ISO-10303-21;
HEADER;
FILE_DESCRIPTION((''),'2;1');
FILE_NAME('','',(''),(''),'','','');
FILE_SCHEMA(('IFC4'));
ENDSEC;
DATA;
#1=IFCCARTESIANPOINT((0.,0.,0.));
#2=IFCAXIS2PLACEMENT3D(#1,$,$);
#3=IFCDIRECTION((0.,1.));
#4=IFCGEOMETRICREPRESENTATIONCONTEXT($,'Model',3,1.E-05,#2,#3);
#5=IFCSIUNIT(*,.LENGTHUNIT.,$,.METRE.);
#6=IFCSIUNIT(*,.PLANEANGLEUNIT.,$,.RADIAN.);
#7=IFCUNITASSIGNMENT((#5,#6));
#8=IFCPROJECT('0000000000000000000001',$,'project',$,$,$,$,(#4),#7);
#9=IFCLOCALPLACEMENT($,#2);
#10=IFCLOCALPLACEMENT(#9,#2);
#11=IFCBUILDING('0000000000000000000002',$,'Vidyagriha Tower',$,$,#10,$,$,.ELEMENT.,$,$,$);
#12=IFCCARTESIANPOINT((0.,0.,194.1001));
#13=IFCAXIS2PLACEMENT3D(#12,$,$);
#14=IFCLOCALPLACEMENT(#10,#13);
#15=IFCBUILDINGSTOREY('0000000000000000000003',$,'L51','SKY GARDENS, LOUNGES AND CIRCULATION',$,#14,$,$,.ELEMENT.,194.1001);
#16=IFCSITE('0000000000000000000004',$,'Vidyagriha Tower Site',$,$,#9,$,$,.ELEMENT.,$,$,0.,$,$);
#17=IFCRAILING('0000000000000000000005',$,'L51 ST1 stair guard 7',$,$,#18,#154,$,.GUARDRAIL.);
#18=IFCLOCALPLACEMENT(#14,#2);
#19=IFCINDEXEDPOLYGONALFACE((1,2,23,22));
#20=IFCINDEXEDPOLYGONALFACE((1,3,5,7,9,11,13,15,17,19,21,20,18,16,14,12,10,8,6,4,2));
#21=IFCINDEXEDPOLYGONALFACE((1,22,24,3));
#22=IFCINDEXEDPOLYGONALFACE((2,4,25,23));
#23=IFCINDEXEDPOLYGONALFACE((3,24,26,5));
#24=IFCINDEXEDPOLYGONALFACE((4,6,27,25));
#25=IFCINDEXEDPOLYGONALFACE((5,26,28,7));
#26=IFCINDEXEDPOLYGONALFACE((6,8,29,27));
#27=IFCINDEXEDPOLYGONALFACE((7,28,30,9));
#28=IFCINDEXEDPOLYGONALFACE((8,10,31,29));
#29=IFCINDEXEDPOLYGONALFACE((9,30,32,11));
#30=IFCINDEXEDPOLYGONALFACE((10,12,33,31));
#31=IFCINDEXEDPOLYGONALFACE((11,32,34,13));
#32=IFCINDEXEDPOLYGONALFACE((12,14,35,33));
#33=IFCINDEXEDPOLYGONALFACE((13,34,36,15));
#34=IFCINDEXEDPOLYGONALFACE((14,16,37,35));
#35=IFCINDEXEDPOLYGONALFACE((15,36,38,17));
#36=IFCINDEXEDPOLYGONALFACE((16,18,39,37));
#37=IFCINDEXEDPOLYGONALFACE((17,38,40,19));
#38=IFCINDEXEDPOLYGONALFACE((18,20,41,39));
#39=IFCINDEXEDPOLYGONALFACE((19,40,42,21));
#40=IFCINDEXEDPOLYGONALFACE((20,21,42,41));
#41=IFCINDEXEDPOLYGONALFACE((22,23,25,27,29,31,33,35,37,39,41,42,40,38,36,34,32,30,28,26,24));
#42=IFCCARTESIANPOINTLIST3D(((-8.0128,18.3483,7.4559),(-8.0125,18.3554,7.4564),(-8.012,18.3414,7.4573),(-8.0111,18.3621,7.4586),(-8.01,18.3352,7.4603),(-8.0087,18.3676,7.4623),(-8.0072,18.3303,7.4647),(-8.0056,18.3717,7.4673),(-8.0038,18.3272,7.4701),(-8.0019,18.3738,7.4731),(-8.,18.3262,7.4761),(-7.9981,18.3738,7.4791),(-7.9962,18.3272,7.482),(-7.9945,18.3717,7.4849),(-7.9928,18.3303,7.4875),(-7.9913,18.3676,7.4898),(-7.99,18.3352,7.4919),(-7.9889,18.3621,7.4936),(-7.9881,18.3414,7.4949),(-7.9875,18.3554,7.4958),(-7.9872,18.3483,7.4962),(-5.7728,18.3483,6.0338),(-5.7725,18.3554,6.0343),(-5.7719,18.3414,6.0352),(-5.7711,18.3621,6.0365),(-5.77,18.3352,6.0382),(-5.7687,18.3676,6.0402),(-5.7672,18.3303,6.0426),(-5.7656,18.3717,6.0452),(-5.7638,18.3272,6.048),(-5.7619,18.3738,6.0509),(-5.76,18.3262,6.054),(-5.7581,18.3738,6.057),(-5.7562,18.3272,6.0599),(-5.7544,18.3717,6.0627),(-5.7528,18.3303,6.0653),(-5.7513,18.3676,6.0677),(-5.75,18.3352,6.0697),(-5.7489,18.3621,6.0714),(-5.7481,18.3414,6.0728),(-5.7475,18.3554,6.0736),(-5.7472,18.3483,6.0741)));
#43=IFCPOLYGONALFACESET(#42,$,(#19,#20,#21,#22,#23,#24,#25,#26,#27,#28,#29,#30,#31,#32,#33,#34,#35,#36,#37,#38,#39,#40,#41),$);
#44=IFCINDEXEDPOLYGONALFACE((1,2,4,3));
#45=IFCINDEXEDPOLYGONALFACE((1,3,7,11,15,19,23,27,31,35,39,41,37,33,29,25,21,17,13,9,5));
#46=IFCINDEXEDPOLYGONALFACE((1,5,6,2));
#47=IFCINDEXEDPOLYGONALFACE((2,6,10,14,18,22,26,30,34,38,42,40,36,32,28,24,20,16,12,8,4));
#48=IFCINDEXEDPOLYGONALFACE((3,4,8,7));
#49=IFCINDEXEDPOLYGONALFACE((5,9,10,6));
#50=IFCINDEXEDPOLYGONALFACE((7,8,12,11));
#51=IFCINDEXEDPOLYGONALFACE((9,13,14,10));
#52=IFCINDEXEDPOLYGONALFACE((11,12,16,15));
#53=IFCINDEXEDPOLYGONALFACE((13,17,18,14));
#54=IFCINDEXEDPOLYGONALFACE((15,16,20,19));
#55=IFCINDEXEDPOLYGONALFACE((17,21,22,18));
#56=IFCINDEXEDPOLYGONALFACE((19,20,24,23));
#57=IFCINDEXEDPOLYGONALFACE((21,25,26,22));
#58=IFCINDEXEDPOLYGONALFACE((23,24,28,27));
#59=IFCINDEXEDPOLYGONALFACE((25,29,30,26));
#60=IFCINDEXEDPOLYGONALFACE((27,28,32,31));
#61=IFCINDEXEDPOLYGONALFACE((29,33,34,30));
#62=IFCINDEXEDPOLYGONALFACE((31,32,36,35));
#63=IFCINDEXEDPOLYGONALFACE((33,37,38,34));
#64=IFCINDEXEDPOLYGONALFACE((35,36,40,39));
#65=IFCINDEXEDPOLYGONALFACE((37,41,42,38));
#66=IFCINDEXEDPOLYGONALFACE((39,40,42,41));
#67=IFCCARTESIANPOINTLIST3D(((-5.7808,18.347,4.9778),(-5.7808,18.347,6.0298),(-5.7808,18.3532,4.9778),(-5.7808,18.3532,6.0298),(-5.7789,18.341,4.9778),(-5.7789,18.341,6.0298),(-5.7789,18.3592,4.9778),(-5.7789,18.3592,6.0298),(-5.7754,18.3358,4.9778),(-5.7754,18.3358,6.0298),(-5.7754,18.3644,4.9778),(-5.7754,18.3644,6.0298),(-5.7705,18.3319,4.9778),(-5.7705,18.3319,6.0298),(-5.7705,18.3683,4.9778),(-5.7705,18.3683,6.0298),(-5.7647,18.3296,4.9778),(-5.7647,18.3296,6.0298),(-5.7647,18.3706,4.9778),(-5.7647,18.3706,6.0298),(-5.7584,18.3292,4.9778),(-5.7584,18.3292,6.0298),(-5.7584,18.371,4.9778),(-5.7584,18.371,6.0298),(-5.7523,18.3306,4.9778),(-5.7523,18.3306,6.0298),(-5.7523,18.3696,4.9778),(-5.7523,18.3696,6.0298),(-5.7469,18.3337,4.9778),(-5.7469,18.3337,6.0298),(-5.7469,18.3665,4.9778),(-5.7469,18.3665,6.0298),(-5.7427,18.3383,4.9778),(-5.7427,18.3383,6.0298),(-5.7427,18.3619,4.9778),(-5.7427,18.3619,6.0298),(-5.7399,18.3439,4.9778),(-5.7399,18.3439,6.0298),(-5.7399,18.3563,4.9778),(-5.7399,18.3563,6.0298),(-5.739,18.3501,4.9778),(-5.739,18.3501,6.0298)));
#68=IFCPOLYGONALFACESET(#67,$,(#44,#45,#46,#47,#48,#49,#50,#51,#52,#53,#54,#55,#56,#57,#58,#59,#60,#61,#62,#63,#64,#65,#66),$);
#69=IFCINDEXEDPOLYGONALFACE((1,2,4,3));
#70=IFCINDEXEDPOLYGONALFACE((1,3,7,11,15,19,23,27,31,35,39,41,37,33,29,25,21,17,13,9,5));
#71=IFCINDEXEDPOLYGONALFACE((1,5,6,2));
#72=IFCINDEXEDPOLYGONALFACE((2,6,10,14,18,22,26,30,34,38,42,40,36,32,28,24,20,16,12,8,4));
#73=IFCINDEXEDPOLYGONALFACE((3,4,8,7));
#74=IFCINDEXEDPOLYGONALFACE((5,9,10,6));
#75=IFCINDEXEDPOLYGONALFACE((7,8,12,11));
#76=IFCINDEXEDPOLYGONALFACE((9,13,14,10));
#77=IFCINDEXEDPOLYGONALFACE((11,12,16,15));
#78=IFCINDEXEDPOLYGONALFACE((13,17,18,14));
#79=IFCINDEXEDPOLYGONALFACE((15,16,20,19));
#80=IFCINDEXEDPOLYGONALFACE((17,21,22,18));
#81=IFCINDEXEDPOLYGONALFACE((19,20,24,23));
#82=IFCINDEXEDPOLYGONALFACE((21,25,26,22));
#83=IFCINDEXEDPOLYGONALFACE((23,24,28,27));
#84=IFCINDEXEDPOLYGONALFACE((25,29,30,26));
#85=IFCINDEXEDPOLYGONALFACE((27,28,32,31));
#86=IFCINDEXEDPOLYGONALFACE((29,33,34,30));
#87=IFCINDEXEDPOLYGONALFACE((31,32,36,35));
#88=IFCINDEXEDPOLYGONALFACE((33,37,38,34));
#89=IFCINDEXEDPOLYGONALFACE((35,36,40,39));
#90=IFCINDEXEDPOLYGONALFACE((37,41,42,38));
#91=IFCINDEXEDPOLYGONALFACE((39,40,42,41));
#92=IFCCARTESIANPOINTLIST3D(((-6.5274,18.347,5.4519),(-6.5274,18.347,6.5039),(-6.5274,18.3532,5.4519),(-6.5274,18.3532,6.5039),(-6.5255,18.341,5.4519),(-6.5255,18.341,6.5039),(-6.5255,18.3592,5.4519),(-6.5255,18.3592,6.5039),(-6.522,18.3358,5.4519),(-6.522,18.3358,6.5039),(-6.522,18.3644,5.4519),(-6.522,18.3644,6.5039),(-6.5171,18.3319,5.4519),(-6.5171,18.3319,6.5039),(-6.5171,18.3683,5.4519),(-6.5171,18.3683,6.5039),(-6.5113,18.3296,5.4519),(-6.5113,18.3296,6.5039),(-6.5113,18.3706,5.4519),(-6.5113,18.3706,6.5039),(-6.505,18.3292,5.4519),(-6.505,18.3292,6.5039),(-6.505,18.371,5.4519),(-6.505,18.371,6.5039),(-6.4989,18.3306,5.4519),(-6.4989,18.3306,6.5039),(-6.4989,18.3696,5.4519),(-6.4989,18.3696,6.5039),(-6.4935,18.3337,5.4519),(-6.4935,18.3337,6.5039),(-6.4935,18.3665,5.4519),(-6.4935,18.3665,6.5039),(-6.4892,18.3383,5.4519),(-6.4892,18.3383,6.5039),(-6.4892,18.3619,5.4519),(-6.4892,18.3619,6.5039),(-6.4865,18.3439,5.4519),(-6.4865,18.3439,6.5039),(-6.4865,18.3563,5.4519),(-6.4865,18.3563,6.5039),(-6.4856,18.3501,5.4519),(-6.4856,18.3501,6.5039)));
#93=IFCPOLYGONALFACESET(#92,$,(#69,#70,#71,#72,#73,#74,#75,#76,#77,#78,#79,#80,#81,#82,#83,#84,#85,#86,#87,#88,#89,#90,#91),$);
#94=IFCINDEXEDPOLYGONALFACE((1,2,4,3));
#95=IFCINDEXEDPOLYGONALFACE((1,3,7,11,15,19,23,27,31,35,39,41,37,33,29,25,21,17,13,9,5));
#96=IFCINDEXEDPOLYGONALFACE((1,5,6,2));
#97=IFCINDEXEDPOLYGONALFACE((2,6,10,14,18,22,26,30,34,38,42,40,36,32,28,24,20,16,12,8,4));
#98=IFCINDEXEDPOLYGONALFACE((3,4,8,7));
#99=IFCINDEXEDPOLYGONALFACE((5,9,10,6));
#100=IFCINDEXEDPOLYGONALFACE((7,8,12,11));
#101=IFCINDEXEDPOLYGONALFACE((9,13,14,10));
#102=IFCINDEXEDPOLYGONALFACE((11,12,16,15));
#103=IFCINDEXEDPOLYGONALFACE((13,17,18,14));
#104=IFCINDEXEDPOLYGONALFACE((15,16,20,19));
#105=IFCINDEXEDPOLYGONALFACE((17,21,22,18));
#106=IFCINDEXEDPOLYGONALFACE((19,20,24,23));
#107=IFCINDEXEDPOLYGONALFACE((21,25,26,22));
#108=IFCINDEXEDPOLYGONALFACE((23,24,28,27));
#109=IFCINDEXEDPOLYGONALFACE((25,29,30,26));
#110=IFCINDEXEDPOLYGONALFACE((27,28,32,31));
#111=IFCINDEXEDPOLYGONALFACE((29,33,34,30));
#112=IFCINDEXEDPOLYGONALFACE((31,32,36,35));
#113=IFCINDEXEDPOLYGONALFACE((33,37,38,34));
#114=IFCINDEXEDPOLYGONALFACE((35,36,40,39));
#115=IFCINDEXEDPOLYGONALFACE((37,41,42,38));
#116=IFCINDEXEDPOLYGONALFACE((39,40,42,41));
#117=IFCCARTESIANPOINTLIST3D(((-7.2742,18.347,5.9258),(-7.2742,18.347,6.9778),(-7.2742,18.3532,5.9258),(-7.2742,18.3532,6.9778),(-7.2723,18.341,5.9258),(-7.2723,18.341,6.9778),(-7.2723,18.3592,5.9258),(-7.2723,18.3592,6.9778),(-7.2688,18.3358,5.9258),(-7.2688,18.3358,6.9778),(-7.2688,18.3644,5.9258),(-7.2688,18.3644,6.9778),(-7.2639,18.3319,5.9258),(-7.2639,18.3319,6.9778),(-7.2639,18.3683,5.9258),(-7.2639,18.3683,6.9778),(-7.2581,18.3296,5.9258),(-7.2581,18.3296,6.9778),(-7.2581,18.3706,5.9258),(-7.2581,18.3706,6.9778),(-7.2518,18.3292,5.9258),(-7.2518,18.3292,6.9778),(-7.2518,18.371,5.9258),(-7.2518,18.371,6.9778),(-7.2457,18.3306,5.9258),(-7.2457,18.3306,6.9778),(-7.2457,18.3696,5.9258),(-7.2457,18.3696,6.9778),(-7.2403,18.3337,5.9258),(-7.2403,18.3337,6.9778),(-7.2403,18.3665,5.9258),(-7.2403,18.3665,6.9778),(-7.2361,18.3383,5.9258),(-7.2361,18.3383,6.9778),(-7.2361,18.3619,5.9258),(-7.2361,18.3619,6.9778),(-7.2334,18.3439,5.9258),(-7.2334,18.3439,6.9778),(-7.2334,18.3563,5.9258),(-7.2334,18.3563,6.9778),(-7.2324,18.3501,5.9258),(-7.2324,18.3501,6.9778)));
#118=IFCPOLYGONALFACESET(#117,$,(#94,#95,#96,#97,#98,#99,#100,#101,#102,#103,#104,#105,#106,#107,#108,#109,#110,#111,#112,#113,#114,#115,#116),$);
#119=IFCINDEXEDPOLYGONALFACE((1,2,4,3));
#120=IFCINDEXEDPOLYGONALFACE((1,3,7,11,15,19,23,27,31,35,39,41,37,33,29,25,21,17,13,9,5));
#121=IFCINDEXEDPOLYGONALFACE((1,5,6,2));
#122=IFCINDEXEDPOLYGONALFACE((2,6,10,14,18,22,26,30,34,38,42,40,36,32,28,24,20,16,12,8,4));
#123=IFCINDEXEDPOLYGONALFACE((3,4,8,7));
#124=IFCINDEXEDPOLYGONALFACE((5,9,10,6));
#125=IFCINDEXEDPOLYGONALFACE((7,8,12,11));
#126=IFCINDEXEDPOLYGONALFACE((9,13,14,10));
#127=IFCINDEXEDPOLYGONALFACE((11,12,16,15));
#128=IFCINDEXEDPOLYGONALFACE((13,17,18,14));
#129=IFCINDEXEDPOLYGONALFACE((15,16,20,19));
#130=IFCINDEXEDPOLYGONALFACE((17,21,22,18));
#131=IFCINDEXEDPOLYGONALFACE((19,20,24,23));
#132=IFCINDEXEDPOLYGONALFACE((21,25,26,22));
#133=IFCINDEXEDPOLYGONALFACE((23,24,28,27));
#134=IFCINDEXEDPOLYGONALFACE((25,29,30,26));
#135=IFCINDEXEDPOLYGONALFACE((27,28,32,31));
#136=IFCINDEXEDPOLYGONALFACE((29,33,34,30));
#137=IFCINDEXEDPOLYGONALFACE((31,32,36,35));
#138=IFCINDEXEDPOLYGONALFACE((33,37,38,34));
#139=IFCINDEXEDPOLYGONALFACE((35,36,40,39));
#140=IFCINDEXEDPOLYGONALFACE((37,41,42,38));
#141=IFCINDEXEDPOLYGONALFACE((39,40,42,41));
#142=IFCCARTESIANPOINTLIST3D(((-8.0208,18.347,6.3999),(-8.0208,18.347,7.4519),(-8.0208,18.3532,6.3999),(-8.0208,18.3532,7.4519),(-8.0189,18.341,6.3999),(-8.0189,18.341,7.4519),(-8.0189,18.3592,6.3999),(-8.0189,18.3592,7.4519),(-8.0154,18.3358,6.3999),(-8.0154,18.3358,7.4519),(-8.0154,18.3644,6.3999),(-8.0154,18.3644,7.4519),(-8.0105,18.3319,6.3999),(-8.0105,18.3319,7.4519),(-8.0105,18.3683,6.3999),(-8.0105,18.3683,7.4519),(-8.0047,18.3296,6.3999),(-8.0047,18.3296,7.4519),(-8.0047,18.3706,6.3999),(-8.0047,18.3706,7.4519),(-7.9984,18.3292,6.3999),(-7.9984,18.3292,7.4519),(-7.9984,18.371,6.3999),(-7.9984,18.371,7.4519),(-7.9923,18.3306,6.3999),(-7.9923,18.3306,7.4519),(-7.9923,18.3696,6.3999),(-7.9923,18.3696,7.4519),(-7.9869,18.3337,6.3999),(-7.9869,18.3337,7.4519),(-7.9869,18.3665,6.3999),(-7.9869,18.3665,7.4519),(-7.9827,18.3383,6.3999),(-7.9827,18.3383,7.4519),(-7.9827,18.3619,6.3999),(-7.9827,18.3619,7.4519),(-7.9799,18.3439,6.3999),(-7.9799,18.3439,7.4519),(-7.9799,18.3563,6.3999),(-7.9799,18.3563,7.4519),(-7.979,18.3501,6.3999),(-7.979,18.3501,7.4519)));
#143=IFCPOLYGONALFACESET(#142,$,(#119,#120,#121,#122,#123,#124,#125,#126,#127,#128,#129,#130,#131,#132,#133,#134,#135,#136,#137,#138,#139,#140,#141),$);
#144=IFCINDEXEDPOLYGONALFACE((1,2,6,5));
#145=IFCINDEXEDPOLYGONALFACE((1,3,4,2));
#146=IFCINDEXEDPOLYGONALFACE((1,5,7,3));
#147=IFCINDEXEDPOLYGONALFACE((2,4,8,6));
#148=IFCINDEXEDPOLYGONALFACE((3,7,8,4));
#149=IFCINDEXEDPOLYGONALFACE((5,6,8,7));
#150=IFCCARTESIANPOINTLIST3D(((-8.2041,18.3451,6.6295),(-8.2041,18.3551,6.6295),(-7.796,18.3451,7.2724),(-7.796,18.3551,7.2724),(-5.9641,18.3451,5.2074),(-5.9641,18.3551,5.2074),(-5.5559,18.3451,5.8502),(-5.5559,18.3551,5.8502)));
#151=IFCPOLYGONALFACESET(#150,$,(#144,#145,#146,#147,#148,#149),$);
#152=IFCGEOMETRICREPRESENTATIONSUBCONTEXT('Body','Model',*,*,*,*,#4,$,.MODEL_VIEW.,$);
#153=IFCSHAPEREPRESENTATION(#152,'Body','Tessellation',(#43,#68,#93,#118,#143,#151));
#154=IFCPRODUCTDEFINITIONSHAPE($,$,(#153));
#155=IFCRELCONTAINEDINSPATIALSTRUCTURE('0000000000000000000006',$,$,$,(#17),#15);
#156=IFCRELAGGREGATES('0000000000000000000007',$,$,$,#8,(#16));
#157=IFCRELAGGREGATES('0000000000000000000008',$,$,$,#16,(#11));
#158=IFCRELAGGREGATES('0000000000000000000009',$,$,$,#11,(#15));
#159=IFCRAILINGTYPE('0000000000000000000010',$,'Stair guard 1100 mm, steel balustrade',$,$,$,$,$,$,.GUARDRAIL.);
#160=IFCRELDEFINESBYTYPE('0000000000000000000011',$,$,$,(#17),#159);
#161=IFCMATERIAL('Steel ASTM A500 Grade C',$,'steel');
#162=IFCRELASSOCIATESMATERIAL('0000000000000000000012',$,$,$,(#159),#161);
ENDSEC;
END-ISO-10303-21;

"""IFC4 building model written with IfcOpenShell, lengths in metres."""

from ifc_helpers import new_model, si_unit, direction, frame, origin, origin_2d, place, context, subcontext, project, spatial, rectangle, circle, extrude, material, type_object, element, save


model = new_model("IFC4")

# Units and contexts
model_context = context("Model", 3, precision=1e-05, world=origin(), true_north=direction((0.0, 1.0)))
body_context = subcontext(model_context, "Body", "Model", "MODEL_VIEW")
ifc_project = project(units=[si_unit("LENGTHUNIT", "METRE"), si_unit("PLANEANGLEUNIT", "RADIAN")], contexts=[model_context])

# Site, building, storey
site_placement = place(None, origin())
site = spatial("IfcSite", under=ifc_project, at=site_placement, Name="Vidyagriha Tower Site", CompositionType="ELEMENT", RefElevation=0.0)
building_placement = place(site_placement, origin())
building = spatial("IfcBuilding", under=site, at=building_placement, Name="Vidyagriha Tower", CompositionType="ELEMENT")
storey_placement = place(building_placement, frame((0.0, 0.0, 194.1001)))
storey = spatial("IfcBuildingStorey", under=building, at=storey_placement, Name="L51", Description="SKY GARDENS, LOUNGES AND CIRCULATION", CompositionType="ELEMENT", Elevation=194.1001)

# Railing
ifc_material_1 = material(Name="Steel ASTM A500 Grade C", Category="steel")
railing_type_1 = type_object("IfcRailingType", Name="Stair guard 1100 mm, steel balustrade", PredefinedType="GUARDRAIL", material=ifc_material_1)
railing_1_placement = place(storey_placement, frame((-5.76, 18.3501, 4.9778)))
element("IfcRailing", 1, at=railing_1_placement, inside=storey, type_object=railing_type_1, Name="L51 ST1 stair guard 7", PredefinedType="GUARDRAIL", context=body_context, shape_type="SweptSolid", body=[
    extrude(circle(Radius=0.0239, at=origin_2d()), frame((0.0, 0.0, 1.0762), z_axis=(-0.844229, 0.0, 0.535982), x_axis=(0.0, -1.0, 0.0)), (0.0, 0.0, 1.0), 2.6533),
    extrude(circle(Radius=0.021, at=origin_2d()), origin(), (0.0, 0.0, 1.0), 1.052),
    extrude(circle(Radius=0.021, at=origin_2d()), frame((-0.7466, 0.0, 0.4741)), (0.0, 0.0, 1.0), 1.052),
    extrude(circle(Radius=0.021, at=origin_2d()), frame((-1.4934, 0.0, 0.948)), (0.0, 0.0, 1.0), 1.052),
    extrude(circle(Radius=0.021, at=origin_2d()), frame((-2.24, 0.0, 1.4221)), (0.0, 0.0, 1.0), 1.052),
    extrude(rectangle(XDim=0.01, YDim=0.7615, at=origin_2d()), frame((0.0, 0.0, 0.551), z_axis=(-0.844229, 0.0, 0.535982), x_axis=(0.0, -1.0, 0.0)), (0.0, 0.0, 1.0), 2.6533),
])

save(model, "model.ifc")
